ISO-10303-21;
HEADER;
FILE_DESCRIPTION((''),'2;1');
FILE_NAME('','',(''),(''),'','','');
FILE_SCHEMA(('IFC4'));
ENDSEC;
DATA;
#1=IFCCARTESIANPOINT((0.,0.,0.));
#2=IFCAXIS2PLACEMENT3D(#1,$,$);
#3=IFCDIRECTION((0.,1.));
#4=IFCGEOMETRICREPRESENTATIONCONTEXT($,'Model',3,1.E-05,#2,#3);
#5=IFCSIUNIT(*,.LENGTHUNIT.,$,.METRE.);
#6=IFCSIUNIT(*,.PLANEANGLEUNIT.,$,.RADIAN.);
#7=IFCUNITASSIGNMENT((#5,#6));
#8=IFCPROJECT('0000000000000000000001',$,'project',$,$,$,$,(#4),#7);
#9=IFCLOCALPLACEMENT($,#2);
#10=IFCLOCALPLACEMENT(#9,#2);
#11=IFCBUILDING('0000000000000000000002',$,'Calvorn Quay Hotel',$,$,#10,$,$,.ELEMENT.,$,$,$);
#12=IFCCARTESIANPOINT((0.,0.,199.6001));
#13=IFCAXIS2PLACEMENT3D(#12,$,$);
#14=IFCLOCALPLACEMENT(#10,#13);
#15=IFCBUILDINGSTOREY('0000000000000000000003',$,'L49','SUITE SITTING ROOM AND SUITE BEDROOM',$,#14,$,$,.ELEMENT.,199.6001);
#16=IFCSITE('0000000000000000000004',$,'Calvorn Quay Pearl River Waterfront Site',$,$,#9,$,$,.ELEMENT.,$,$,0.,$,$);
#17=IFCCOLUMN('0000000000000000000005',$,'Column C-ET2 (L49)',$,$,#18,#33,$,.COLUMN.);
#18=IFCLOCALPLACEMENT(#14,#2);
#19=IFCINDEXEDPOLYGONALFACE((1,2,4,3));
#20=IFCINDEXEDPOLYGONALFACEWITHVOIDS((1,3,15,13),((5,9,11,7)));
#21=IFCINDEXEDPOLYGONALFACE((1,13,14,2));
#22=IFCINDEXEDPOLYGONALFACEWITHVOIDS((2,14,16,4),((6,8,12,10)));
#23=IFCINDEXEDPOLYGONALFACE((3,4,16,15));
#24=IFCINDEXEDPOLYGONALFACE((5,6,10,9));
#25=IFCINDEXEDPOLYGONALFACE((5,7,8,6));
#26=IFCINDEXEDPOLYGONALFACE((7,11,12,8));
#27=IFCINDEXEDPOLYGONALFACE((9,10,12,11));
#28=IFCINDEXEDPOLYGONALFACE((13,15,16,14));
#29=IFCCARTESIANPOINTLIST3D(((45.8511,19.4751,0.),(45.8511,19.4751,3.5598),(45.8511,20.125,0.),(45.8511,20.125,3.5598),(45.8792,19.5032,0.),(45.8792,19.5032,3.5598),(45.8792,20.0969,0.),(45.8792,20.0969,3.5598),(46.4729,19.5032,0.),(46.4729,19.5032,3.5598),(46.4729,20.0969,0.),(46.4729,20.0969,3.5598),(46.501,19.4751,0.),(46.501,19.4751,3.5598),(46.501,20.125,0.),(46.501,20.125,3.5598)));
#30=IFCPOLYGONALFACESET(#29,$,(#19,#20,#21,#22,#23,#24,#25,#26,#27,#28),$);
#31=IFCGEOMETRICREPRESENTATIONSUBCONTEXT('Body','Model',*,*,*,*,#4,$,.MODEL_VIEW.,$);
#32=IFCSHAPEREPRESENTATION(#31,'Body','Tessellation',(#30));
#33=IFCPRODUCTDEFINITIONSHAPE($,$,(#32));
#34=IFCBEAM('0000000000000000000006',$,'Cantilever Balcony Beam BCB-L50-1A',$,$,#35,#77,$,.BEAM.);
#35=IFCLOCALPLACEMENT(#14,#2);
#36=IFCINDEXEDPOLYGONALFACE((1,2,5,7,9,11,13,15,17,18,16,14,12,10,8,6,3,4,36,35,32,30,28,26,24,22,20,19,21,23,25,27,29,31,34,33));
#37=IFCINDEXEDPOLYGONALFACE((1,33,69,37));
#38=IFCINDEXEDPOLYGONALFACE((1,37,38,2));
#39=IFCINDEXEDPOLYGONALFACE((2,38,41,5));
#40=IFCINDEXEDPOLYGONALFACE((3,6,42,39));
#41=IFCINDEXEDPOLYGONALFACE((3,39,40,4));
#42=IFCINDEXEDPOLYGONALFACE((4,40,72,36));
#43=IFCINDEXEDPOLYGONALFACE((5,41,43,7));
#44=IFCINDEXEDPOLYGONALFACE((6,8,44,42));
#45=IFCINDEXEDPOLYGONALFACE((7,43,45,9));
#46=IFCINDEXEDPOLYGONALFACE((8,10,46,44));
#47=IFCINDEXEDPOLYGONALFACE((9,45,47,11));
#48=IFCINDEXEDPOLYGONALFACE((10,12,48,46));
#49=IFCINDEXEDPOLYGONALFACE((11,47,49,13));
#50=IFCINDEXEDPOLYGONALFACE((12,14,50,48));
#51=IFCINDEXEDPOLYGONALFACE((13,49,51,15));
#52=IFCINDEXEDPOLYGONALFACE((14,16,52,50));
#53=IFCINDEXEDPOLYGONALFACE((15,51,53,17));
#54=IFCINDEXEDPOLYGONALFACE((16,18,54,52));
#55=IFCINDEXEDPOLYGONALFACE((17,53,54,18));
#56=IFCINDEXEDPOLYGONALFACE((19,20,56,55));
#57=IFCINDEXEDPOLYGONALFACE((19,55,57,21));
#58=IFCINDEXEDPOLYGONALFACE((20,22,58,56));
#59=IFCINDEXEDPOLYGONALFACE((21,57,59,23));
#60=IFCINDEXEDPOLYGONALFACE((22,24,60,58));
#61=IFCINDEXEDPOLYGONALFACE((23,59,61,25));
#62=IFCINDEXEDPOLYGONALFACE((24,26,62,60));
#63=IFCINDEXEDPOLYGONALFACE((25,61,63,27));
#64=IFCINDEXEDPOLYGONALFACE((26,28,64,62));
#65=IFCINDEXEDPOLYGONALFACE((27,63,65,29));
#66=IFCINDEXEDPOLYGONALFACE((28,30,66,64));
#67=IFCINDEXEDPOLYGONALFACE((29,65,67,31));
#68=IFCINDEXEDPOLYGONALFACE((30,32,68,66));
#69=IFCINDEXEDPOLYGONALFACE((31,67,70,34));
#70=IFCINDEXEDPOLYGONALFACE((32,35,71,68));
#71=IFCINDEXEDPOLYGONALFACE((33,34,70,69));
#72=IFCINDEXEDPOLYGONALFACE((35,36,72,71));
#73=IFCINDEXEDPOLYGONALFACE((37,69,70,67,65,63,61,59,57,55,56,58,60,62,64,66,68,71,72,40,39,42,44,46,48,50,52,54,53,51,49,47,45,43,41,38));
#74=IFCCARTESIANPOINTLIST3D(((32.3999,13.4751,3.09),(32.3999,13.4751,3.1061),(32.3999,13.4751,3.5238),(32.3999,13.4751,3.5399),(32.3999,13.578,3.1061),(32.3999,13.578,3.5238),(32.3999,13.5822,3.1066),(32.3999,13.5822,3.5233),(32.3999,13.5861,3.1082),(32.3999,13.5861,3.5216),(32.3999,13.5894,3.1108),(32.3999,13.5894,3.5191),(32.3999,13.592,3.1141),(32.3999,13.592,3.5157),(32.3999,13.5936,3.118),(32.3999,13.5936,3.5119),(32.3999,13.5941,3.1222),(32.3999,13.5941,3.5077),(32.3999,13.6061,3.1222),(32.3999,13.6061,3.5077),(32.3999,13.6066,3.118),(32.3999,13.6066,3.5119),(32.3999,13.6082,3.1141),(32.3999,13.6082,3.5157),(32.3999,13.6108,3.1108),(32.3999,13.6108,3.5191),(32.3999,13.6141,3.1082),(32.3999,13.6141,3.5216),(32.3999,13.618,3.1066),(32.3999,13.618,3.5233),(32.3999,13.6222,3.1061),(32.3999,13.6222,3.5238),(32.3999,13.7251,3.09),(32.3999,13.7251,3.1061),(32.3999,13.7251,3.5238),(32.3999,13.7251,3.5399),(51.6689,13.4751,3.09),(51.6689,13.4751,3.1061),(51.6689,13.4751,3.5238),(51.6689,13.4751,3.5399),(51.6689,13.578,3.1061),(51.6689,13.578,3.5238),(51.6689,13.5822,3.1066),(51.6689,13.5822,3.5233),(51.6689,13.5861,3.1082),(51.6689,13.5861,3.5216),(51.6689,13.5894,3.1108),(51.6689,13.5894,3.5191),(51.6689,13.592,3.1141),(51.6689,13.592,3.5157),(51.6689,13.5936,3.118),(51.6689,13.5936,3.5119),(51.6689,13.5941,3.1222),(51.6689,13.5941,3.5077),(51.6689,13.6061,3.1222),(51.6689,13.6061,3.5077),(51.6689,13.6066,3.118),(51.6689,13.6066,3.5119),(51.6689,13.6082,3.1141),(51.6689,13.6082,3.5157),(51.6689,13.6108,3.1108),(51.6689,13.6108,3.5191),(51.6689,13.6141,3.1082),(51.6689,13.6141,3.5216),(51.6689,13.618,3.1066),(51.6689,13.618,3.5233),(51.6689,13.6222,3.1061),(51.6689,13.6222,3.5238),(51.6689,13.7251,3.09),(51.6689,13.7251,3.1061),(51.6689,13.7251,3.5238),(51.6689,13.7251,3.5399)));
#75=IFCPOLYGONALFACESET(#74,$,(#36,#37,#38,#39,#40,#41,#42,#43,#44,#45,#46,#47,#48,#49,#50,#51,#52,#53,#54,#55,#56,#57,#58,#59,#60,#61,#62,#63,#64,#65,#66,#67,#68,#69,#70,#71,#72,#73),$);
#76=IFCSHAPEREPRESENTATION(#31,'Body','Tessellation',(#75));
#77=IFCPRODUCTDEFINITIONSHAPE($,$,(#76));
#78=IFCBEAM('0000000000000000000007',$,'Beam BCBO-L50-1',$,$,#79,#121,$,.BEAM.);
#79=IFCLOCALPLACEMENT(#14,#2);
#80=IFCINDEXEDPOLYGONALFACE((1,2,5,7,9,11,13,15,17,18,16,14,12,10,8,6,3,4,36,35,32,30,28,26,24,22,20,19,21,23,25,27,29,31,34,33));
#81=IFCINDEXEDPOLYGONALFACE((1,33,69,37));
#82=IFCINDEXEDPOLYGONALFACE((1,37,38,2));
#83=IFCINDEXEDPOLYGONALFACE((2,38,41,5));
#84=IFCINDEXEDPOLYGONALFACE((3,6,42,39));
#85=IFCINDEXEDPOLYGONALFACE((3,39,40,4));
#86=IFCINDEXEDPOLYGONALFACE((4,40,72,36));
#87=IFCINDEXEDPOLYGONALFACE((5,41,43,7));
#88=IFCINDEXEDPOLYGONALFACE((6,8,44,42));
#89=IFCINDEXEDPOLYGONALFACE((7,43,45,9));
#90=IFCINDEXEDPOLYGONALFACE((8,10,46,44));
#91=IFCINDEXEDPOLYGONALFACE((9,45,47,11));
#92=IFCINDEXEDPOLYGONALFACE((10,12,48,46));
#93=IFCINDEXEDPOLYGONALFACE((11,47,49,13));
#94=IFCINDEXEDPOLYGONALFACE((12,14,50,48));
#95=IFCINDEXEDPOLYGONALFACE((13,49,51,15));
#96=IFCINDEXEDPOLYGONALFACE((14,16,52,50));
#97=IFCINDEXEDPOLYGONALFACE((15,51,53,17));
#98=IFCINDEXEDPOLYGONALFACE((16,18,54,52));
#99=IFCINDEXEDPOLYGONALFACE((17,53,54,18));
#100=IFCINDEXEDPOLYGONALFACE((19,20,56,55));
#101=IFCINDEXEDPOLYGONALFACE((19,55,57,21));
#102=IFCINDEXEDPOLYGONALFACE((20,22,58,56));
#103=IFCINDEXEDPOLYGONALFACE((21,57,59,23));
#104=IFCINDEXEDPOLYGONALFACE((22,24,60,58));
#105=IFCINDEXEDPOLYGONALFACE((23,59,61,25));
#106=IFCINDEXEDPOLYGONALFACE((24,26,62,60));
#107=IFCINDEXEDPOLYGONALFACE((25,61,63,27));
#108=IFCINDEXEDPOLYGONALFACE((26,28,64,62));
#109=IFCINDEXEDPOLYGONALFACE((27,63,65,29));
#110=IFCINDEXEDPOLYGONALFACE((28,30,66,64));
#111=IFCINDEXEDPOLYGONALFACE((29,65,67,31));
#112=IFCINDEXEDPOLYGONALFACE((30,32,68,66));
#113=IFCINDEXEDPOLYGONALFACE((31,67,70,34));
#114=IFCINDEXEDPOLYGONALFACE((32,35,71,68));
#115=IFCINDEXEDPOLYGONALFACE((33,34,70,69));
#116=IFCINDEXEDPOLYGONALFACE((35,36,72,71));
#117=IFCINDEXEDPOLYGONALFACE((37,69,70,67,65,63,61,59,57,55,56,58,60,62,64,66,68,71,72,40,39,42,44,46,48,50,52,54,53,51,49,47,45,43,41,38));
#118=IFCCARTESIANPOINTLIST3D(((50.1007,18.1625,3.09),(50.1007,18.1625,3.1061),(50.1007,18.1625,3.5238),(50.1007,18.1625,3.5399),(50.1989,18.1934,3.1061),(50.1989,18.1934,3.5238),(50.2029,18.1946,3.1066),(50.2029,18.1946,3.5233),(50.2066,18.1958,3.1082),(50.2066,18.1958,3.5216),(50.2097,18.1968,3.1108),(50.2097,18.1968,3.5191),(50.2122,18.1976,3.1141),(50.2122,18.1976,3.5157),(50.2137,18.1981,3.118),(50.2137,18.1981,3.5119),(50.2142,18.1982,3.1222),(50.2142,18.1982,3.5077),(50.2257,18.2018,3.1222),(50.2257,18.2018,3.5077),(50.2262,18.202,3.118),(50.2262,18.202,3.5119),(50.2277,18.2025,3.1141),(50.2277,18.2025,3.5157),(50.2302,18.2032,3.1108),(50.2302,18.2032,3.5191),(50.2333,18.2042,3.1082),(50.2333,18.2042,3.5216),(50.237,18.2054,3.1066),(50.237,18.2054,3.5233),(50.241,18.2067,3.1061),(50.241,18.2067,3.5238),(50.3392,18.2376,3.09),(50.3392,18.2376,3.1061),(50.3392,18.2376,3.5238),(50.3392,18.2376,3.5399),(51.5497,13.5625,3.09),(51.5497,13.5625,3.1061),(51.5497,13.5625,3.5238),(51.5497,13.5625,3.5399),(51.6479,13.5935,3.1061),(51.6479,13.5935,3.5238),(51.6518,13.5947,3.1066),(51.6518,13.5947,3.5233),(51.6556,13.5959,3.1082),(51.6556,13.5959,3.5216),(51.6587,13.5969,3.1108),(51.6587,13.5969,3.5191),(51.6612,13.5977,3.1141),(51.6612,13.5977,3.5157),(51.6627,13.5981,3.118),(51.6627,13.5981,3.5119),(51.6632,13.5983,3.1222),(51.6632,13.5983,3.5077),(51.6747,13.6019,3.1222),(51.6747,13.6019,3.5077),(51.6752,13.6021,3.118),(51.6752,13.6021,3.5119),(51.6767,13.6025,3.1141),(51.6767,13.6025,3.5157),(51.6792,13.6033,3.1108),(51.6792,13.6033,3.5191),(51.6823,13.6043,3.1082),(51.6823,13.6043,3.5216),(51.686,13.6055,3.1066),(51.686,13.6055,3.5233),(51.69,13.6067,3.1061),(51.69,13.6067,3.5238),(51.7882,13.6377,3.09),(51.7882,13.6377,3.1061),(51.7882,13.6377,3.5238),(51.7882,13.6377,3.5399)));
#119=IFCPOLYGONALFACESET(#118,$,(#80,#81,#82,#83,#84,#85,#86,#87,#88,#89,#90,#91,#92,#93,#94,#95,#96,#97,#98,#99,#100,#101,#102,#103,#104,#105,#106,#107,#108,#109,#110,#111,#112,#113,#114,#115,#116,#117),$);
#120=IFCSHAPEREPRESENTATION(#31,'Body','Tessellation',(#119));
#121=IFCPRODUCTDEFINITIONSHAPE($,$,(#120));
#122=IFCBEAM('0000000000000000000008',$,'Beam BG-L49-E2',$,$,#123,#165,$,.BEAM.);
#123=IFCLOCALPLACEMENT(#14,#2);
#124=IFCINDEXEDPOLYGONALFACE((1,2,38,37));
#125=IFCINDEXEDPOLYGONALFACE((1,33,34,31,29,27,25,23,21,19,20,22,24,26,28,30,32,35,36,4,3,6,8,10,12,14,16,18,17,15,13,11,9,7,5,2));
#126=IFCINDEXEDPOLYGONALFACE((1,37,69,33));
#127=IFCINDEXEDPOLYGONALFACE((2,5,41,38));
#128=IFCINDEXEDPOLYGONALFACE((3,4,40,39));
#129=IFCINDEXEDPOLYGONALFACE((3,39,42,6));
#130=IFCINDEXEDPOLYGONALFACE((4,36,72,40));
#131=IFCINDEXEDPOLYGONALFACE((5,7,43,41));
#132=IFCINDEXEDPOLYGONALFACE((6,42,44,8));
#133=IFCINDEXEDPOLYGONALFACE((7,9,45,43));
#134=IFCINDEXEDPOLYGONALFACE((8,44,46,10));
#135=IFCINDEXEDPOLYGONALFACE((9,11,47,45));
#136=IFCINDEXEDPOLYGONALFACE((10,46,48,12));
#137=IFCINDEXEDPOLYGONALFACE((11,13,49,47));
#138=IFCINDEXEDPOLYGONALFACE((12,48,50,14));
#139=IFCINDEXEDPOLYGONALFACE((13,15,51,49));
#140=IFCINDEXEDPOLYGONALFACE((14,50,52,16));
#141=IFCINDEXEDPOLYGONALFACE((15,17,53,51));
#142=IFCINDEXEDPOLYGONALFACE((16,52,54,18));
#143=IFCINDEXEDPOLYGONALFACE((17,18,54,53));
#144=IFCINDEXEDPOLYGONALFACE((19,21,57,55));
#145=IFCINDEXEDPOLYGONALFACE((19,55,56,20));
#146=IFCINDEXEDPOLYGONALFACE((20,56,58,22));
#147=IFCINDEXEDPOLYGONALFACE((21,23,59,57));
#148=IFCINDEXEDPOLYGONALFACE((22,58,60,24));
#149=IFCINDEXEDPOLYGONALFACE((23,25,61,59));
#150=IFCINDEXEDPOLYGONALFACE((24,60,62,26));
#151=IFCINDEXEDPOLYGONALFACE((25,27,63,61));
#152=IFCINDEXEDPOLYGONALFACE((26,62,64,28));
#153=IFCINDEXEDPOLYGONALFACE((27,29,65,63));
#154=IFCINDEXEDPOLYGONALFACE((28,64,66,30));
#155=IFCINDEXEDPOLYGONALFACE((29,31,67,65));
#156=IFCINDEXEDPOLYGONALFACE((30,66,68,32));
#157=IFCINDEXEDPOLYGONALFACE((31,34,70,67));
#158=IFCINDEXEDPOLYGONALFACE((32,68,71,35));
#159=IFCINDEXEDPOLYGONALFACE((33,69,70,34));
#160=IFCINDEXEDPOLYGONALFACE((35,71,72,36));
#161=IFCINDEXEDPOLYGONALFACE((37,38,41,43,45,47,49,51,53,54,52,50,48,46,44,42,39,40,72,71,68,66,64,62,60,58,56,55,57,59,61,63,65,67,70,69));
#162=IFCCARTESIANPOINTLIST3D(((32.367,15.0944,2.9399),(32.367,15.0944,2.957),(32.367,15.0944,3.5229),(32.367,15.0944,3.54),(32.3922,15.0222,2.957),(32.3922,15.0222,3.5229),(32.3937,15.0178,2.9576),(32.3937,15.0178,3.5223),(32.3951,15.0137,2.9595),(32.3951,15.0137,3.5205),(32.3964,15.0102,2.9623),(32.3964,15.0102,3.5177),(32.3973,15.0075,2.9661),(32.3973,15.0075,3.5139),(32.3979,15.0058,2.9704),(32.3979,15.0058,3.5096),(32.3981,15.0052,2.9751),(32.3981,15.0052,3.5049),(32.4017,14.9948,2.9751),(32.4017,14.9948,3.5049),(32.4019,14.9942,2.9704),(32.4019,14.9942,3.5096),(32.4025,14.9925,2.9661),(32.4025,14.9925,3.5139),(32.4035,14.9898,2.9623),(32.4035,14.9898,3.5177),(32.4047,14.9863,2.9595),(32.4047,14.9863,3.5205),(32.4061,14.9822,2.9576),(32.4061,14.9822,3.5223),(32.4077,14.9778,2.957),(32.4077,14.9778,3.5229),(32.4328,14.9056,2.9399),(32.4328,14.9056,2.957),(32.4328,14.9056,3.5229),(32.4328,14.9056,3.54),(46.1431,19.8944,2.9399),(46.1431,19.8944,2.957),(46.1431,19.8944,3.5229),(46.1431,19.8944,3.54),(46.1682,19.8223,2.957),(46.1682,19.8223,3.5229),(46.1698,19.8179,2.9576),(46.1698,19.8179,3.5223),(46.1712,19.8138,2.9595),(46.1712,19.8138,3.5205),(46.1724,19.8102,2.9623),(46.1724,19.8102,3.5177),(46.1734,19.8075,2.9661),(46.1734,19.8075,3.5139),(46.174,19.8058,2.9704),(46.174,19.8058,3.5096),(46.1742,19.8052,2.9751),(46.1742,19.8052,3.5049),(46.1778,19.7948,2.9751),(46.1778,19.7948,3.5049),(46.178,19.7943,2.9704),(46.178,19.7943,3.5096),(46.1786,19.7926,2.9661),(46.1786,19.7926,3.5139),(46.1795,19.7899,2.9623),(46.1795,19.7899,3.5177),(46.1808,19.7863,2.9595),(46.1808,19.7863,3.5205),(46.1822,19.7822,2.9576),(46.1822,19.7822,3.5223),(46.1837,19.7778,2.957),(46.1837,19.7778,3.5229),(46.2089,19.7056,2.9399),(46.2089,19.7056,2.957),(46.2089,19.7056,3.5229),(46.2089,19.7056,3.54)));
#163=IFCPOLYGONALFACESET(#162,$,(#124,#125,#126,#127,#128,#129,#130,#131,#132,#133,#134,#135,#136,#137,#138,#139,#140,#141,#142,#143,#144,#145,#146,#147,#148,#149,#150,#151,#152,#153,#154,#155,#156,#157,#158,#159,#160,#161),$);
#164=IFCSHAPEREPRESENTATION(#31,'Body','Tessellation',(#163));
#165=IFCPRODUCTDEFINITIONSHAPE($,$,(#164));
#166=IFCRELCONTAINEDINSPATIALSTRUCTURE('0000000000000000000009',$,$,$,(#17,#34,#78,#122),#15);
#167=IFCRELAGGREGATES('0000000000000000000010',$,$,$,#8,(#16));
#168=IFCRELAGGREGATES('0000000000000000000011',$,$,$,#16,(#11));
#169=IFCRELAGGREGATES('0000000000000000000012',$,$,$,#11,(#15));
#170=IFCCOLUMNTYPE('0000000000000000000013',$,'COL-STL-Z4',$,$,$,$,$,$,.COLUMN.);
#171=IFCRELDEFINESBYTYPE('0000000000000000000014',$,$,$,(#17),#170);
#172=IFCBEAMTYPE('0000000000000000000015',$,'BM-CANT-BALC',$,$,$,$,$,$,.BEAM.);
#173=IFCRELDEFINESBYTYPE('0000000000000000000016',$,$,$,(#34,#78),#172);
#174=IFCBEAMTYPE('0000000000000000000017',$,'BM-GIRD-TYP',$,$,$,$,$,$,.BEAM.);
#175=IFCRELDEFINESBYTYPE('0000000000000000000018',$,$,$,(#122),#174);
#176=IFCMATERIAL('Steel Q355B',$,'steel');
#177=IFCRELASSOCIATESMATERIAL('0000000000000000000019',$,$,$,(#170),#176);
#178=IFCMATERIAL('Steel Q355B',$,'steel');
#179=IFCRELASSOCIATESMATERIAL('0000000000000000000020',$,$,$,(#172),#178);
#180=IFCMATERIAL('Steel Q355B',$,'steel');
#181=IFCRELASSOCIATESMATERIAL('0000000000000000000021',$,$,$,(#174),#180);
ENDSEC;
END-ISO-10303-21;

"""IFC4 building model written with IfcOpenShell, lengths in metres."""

from ifc_helpers import new_model, si_unit, direction, frame, origin, origin_2d, place, context, subcontext, project, spatial, hollow_rectangle, i_section, extrude, material, material_profile, profile_set, type_object, element, save


model = new_model("IFC4")

# Units and contexts
model_context = context("Model", 3, precision=1e-05, world=origin(), true_north=direction((0.0, 1.0)))
body_context = subcontext(model_context, "Body", "Model", "MODEL_VIEW")
ifc_project = project(units=[si_unit("LENGTHUNIT", "METRE"), si_unit("PLANEANGLEUNIT", "RADIAN")], contexts=[model_context])

# Site, building, storey
site_placement = place(None, origin())
site = spatial("IfcSite", under=ifc_project, at=site_placement, Name="Calvorn Quay Pearl River Waterfront Site", CompositionType="ELEMENT", RefElevation=0.0)
building_placement = place(site_placement, origin())
building = spatial("IfcBuilding", under=site, at=building_placement, Name="Calvorn Quay Hotel", CompositionType="ELEMENT")
storey_placement = place(building_placement, frame((0.0, 0.0, 199.6001)))
storey = spatial("IfcBuildingStorey", under=building, at=storey_placement, Name="L49", Description="SUITE SITTING ROOM AND SUITE BEDROOM", CompositionType="ELEMENT", Elevation=199.6001)

# Column
ifc_material_1 = material(Name="Steel Q355B", Category="steel")
ifc_material_profile_1 = material_profile(ifc_material_1, hollow_rectangle(XDim=0.6499, YDim=0.6499, WallThickness=0.0281, at=origin_2d()), Name="BOX650x650x28")
ifc_profile_set_1 = profile_set([ifc_material_profile_1], Name="Steel Q355B")
column_type = type_object("IfcColumnType", Name="COL-STL-Z4", PredefinedType="COLUMN", material=ifc_profile_set_1)
column_placement = place(storey_placement, frame((46.176, 19.8, 0.0), z_axis=(0.0, 0.0, 1.0), x_axis=(1.0, 0.0, 0.0)))
element("IfcColumn", 1, at=column_placement, inside=storey, type_object=column_type, Name="Column C-ET2 (L49)", PredefinedType="COLUMN", context=body_context, shape_type="SweptSolid", body=[
    extrude(hollow_rectangle(XDim=0.6499, YDim=0.6499, WallThickness=0.0281, at=origin_2d()), origin(), (0.0, 0.0, 1.0), 3.5598),
])

# Beams
ifc_material_2 = material(Name="Steel Q355B", Category="steel")
ifc_material_profile_2 = material_profile(ifc_material_2, i_section(OverallWidth=0.25, OverallDepth=0.45, WebThickness=0.012, FlangeThickness=0.0161, FilletRadius=0.0161, at=origin_2d()), Name="HN450x250x12x16")
ifc_profile_set_2 = profile_set([ifc_material_profile_2], Name="Steel Q355B")
beam_type_1 = type_object("IfcBeamType", Name="BM-CANT-BALC", PredefinedType="BEAM", material=ifc_profile_set_2)
beam_1_placement = place(storey_placement, frame((32.3999, 13.6001, 3.3149), z_axis=(1.0, 0.0, 0.0), x_axis=(0.0, 1.0, 0.0)))
element("IfcBeam", 2, at=beam_1_placement, inside=storey, type_object=beam_type_1, Name="Cantilever Balcony Beam BCB-L50-1A", PredefinedType="BEAM", context=body_context, shape_type="SweptSolid", body=[
    extrude(i_section(OverallWidth=0.25, OverallDepth=0.45, WebThickness=0.012, FlangeThickness=0.0161, FilletRadius=0.0161, at=origin_2d()), origin(), (0.0, 0.0, 1.0), 19.269),
])
beam_2_placement = place(storey_placement, frame((51.6689, 13.6001, 3.3149), z_axis=(-0.30045, 0.953797, 0.0), x_axis=(-0.953797, -0.30045, 0.0)))
element("IfcBeam", 3, at=beam_2_placement, inside=storey, type_object=beam_type_1, Name="Beam BCBO-L50-1", PredefinedType="BEAM", context=body_context, shape_type="SweptSolid", body=[
    extrude(i_section(OverallWidth=0.25, OverallDepth=0.45, WebThickness=0.012, FlangeThickness=0.0161, FilletRadius=0.0161, at=origin_2d()), origin(), (0.0, 0.0, 1.0), 4.8228),
])
ifc_material_3 = material(Name="Steel Q355B", Category="steel")
ifc_material_profile_3 = material_profile(ifc_material_3, i_section(OverallWidth=0.2, OverallDepth=0.6001, WebThickness=0.011, FlangeThickness=0.0171, FilletRadius=0.0181, at=origin_2d()), Name="HN600x200x11x17")
ifc_profile_set_3 = profile_set([ifc_material_profile_3], Name="Steel Q355B")
beam_type_2 = type_object("IfcBeamType", Name="BM-GIRD-TYP", PredefinedType="BEAM", material=ifc_profile_set_3)
beam_3_placement = place(storey_placement, frame((32.3999, 15.0, 3.24), z_axis=(0.944319, 0.329031, 0.0), x_axis=(-0.329031, 0.944319, 0.0)))
element("IfcBeam", 4, at=beam_3_placement, inside=storey, type_object=beam_type_2, Name="Beam BG-L49-E2", PredefinedType="BEAM", context=body_context, shape_type="SweptSolid", body=[
    extrude(i_section(OverallWidth=0.2, OverallDepth=0.6001, WebThickness=0.011, FlangeThickness=0.0171, FilletRadius=0.0181, at=origin_2d()), origin(), (0.0, 0.0, 1.0), 14.5884),
])

save(model, "model.ifc")
